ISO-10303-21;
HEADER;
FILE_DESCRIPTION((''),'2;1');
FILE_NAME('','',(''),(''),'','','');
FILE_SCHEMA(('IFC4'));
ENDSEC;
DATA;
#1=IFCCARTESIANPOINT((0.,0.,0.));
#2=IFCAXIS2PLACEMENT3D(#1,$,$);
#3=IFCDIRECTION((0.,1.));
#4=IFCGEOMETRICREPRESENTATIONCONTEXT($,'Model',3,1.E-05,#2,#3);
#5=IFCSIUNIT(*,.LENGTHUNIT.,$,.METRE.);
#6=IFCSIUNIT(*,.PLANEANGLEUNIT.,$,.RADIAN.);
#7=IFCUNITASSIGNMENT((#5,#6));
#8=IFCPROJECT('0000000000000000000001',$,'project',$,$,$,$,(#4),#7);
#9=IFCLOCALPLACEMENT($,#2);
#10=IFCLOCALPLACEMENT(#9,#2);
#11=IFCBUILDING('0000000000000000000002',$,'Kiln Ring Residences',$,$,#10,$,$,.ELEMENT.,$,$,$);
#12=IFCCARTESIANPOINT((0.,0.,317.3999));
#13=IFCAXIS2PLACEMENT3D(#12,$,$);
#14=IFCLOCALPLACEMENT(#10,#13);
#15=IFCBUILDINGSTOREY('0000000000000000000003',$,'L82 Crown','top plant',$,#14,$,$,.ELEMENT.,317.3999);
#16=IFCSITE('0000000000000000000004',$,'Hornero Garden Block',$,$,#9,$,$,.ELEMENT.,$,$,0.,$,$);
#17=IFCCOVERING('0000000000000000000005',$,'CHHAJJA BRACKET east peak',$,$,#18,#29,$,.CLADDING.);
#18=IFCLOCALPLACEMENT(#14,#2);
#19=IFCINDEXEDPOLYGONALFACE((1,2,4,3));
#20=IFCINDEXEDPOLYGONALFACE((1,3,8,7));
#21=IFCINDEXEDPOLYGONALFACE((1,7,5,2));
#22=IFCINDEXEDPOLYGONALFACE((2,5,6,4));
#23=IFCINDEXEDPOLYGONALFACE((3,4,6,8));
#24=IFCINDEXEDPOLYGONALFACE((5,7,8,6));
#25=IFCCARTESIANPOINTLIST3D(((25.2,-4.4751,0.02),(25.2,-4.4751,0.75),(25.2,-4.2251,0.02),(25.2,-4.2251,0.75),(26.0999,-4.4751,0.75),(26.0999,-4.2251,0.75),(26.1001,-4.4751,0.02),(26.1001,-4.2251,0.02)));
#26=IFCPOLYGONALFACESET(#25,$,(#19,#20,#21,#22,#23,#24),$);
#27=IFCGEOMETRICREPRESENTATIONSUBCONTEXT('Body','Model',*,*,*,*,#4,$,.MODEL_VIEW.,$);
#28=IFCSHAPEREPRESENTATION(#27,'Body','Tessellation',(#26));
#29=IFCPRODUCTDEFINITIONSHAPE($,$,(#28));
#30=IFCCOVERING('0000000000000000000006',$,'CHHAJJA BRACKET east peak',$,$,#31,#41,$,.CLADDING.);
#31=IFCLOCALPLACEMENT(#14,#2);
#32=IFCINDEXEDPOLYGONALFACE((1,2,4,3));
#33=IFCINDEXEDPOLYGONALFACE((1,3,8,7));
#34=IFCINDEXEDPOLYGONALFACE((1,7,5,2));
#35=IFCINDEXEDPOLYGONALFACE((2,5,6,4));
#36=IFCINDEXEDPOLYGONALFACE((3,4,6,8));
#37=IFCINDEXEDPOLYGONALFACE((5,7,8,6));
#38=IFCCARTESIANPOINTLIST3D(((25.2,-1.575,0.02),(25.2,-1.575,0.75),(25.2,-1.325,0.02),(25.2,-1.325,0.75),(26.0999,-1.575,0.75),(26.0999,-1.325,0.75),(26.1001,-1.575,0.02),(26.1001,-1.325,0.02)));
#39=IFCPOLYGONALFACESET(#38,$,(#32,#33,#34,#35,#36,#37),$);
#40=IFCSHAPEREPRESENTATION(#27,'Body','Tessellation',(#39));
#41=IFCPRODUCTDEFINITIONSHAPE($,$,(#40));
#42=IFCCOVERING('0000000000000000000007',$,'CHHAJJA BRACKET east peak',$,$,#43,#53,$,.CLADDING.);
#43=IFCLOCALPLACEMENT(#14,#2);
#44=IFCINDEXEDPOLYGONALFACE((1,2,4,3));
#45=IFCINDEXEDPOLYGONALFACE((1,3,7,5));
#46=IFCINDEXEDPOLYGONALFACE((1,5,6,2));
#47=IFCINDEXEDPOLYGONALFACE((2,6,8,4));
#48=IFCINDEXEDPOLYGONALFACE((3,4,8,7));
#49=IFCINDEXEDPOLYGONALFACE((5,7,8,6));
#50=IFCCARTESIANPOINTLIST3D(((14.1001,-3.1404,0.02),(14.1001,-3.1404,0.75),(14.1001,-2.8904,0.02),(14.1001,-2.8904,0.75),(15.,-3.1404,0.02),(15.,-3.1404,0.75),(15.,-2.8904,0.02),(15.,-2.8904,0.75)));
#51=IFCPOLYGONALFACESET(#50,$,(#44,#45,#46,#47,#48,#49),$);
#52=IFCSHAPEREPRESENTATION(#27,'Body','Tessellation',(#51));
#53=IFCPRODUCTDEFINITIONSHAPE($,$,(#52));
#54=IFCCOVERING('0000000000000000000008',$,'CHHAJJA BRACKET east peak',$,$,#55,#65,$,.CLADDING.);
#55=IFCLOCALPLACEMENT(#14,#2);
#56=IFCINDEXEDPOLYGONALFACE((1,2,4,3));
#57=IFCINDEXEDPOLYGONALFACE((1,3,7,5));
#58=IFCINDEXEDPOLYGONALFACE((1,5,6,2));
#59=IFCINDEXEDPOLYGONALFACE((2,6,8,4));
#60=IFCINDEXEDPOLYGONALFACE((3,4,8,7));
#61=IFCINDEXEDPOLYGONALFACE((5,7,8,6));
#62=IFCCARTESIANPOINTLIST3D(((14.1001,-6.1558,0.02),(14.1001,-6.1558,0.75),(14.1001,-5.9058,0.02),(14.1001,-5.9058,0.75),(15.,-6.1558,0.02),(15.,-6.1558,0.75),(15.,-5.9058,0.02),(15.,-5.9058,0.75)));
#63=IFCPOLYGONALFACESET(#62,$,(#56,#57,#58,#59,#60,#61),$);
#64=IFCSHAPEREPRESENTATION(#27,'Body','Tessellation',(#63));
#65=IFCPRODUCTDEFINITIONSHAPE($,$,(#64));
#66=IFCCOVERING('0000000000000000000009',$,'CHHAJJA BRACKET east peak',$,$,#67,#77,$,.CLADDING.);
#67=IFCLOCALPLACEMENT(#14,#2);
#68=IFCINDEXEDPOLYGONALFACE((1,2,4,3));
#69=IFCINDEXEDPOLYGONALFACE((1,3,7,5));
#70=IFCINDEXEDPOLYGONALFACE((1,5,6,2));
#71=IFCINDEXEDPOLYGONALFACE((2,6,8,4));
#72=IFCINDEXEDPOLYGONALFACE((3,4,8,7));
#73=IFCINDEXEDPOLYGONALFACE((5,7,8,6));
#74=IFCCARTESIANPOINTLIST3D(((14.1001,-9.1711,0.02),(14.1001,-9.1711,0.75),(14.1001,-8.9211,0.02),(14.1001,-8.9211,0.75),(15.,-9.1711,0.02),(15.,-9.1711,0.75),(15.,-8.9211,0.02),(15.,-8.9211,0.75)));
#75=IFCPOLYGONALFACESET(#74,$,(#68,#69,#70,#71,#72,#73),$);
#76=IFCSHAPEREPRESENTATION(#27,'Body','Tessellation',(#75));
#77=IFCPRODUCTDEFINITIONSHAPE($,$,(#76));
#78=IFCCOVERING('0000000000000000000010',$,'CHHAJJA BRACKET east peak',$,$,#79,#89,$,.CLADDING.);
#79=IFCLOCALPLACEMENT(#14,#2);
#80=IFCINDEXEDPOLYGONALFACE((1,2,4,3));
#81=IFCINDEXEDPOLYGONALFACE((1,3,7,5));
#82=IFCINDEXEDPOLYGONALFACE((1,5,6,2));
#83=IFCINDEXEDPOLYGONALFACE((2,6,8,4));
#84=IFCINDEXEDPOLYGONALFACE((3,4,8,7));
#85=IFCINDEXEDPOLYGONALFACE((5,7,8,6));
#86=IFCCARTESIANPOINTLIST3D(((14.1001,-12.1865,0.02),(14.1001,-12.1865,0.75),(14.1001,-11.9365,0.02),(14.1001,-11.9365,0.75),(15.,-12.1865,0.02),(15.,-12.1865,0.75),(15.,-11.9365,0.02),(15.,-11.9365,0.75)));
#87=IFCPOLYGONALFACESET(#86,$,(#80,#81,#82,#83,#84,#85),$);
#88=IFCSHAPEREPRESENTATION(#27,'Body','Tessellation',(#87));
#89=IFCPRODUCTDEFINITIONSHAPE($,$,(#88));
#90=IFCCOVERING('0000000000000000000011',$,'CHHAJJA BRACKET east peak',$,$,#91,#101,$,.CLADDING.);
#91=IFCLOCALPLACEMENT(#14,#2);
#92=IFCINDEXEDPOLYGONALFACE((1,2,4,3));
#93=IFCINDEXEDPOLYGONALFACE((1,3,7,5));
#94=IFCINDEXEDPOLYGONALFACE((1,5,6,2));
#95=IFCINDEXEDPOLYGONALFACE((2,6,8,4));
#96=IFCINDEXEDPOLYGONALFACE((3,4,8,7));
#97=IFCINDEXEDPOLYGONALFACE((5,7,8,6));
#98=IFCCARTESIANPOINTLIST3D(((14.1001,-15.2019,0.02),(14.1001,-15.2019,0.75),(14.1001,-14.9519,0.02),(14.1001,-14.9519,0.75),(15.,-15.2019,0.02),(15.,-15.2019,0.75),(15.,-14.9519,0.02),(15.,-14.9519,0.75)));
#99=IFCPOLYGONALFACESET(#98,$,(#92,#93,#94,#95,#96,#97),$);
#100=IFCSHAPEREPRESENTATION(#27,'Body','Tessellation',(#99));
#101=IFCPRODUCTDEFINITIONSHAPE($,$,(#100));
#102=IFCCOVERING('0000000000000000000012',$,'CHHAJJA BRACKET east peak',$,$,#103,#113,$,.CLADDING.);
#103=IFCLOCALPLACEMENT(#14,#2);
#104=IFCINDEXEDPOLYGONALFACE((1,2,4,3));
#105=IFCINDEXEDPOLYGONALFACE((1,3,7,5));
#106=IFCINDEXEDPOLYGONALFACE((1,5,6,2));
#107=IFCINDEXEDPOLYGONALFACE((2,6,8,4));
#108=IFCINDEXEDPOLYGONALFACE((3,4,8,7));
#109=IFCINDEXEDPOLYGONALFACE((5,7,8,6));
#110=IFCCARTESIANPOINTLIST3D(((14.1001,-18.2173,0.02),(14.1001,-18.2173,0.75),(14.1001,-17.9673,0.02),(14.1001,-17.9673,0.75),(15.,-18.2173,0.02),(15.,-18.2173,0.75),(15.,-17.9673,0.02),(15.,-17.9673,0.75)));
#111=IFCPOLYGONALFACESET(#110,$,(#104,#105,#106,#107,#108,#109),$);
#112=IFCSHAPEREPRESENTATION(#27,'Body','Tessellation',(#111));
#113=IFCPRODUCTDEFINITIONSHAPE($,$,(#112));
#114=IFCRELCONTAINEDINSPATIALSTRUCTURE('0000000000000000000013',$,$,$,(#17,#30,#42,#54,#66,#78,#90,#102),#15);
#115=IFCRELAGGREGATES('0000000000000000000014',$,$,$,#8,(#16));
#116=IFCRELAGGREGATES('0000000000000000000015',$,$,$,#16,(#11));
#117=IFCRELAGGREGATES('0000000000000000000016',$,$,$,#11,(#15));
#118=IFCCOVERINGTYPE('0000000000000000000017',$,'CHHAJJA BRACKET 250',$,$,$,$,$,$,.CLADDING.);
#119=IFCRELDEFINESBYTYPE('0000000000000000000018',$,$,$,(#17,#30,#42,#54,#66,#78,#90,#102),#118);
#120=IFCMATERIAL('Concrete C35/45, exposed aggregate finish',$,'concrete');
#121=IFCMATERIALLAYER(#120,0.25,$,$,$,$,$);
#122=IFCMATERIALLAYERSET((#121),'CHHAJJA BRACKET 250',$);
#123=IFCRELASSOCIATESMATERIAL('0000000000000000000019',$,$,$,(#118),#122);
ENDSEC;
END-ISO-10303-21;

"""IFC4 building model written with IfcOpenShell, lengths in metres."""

from ifc_helpers import new_model, si_unit, direction, frame, origin, place, context, subcontext, project, spatial, polyline, outline, extrude, material, layer, layer_set, type_object, element, save


model = new_model("IFC4")

# Units and contexts
model_context = context("Model", 3, precision=1e-05, world=origin(), true_north=direction((0.0, 1.0)))
body_context = subcontext(model_context, "Body", "Model", "MODEL_VIEW")
ifc_project = project(units=[si_unit("LENGTHUNIT", "METRE"), si_unit("PLANEANGLEUNIT", "RADIAN")], contexts=[model_context])

# Site, building, storey
site_placement = place(None, origin())
site = spatial("IfcSite", under=ifc_project, at=site_placement, Name="Hornero Garden Block", CompositionType="ELEMENT", RefElevation=0.0)
building_placement = place(site_placement, origin())
building = spatial("IfcBuilding", under=site, at=building_placement, Name="Kiln Ring Residences", CompositionType="ELEMENT")
storey_placement = place(building_placement, frame((0.0, 0.0, 317.3999)))
storey = spatial("IfcBuildingStorey", under=building, at=storey_placement, Name="L82 Crown", Description="top plant", CompositionType="ELEMENT", Elevation=317.3999)

# Coverings
ifc_material_1 = material(Name="Concrete C35/45, exposed aggregate finish", Category="concrete")
ifc_layer_1 = layer(ifc_material_1, 0.25)
ifc_layer_set_1 = layer_set([ifc_layer_1], Name="CHHAJJA BRACKET 250")
covering_type = type_object("IfcCoveringType", Name="CHHAJJA BRACKET 250", PredefinedType="CLADDING", material=ifc_layer_set_1)
for number, where, z_axis, x_axis, name in (
    (1, (25.2, -4.3501, 0.02), (0.0, 0.0, 1.0), (1.0, 0.0, 0.0), "CHHAJJA BRACKET east peak"),
    (2, (25.2, -1.45, 0.02), (0.0, 0.0, 1.0), (1.0, 0.0, 0.0), "CHHAJJA BRACKET east peak"),
):
    element("IfcCovering", number, at=place(storey_placement, frame(where, z_axis=z_axis, x_axis=x_axis)), inside=storey, type_object=covering_type, Name=name, PredefinedType="CLADDING", context=body_context, shape_type="SweptSolid", body=[
        extrude(outline(polyline([(0.0, 0.0), (0.9001, 0.0), (0.8999, 0.73), (0.0, 0.73), (0.0, 0.0), (0.0, 0.0)])), frame((0.0, 0.125, 0.0), z_axis=(0.0, -1.0, 0.0), x_axis=(1.0, 0.0, 0.0)), (0.0, 0.0, 1.0), 0.25),
    ])
for number, where, z_axis, x_axis, name in (
    (3, (15.0, -3.0154, 0.02), (0.0, 0.0, 1.0), (-1.0, 0.0, 0.0), "CHHAJJA BRACKET east peak"),
    (4, (15.0, -6.0308, 0.02), (0.0, 0.0, 1.0), (-1.0, 0.0, 0.0), "CHHAJJA BRACKET east peak"),
    (5, (15.0, -9.0461, 0.02), (0.0, 0.0, 1.0), (-1.0, 0.0, 0.0), "CHHAJJA BRACKET east peak"),
    (6, (15.0, -12.0615, 0.02), (0.0, 0.0, 1.0), (-1.0, 0.0, 0.0), "CHHAJJA BRACKET east peak"),
    (7, (15.0, -15.0769, 0.02), (0.0, 0.0, 1.0), (-1.0, 0.0, 0.0), "CHHAJJA BRACKET east peak"),
    (8, (15.0, -18.0923, 0.02), (0.0, 0.0, 1.0), (-1.0, 0.0, 0.0), "CHHAJJA BRACKET east peak"),
):
    element("IfcCovering", number, at=place(storey_placement, frame(where, z_axis=z_axis, x_axis=x_axis)), inside=storey, type_object=covering_type, Name=name, PredefinedType="CLADDING", context=body_context, shape_type="SweptSolid", body=[
        extrude(outline(polyline([(0.0, 0.0), (0.8999, 0.0), (0.8999, 0.73), (0.0, 0.73), (0.0, 0.0), (0.0, 0.0)])), frame((0.0, 0.125, 0.0), z_axis=(0.0, -1.0, 0.0), x_axis=(1.0, 0.0, 0.0)), (0.0, 0.0, 1.0), 0.25),
    ])

save(model, "model.ifc")
